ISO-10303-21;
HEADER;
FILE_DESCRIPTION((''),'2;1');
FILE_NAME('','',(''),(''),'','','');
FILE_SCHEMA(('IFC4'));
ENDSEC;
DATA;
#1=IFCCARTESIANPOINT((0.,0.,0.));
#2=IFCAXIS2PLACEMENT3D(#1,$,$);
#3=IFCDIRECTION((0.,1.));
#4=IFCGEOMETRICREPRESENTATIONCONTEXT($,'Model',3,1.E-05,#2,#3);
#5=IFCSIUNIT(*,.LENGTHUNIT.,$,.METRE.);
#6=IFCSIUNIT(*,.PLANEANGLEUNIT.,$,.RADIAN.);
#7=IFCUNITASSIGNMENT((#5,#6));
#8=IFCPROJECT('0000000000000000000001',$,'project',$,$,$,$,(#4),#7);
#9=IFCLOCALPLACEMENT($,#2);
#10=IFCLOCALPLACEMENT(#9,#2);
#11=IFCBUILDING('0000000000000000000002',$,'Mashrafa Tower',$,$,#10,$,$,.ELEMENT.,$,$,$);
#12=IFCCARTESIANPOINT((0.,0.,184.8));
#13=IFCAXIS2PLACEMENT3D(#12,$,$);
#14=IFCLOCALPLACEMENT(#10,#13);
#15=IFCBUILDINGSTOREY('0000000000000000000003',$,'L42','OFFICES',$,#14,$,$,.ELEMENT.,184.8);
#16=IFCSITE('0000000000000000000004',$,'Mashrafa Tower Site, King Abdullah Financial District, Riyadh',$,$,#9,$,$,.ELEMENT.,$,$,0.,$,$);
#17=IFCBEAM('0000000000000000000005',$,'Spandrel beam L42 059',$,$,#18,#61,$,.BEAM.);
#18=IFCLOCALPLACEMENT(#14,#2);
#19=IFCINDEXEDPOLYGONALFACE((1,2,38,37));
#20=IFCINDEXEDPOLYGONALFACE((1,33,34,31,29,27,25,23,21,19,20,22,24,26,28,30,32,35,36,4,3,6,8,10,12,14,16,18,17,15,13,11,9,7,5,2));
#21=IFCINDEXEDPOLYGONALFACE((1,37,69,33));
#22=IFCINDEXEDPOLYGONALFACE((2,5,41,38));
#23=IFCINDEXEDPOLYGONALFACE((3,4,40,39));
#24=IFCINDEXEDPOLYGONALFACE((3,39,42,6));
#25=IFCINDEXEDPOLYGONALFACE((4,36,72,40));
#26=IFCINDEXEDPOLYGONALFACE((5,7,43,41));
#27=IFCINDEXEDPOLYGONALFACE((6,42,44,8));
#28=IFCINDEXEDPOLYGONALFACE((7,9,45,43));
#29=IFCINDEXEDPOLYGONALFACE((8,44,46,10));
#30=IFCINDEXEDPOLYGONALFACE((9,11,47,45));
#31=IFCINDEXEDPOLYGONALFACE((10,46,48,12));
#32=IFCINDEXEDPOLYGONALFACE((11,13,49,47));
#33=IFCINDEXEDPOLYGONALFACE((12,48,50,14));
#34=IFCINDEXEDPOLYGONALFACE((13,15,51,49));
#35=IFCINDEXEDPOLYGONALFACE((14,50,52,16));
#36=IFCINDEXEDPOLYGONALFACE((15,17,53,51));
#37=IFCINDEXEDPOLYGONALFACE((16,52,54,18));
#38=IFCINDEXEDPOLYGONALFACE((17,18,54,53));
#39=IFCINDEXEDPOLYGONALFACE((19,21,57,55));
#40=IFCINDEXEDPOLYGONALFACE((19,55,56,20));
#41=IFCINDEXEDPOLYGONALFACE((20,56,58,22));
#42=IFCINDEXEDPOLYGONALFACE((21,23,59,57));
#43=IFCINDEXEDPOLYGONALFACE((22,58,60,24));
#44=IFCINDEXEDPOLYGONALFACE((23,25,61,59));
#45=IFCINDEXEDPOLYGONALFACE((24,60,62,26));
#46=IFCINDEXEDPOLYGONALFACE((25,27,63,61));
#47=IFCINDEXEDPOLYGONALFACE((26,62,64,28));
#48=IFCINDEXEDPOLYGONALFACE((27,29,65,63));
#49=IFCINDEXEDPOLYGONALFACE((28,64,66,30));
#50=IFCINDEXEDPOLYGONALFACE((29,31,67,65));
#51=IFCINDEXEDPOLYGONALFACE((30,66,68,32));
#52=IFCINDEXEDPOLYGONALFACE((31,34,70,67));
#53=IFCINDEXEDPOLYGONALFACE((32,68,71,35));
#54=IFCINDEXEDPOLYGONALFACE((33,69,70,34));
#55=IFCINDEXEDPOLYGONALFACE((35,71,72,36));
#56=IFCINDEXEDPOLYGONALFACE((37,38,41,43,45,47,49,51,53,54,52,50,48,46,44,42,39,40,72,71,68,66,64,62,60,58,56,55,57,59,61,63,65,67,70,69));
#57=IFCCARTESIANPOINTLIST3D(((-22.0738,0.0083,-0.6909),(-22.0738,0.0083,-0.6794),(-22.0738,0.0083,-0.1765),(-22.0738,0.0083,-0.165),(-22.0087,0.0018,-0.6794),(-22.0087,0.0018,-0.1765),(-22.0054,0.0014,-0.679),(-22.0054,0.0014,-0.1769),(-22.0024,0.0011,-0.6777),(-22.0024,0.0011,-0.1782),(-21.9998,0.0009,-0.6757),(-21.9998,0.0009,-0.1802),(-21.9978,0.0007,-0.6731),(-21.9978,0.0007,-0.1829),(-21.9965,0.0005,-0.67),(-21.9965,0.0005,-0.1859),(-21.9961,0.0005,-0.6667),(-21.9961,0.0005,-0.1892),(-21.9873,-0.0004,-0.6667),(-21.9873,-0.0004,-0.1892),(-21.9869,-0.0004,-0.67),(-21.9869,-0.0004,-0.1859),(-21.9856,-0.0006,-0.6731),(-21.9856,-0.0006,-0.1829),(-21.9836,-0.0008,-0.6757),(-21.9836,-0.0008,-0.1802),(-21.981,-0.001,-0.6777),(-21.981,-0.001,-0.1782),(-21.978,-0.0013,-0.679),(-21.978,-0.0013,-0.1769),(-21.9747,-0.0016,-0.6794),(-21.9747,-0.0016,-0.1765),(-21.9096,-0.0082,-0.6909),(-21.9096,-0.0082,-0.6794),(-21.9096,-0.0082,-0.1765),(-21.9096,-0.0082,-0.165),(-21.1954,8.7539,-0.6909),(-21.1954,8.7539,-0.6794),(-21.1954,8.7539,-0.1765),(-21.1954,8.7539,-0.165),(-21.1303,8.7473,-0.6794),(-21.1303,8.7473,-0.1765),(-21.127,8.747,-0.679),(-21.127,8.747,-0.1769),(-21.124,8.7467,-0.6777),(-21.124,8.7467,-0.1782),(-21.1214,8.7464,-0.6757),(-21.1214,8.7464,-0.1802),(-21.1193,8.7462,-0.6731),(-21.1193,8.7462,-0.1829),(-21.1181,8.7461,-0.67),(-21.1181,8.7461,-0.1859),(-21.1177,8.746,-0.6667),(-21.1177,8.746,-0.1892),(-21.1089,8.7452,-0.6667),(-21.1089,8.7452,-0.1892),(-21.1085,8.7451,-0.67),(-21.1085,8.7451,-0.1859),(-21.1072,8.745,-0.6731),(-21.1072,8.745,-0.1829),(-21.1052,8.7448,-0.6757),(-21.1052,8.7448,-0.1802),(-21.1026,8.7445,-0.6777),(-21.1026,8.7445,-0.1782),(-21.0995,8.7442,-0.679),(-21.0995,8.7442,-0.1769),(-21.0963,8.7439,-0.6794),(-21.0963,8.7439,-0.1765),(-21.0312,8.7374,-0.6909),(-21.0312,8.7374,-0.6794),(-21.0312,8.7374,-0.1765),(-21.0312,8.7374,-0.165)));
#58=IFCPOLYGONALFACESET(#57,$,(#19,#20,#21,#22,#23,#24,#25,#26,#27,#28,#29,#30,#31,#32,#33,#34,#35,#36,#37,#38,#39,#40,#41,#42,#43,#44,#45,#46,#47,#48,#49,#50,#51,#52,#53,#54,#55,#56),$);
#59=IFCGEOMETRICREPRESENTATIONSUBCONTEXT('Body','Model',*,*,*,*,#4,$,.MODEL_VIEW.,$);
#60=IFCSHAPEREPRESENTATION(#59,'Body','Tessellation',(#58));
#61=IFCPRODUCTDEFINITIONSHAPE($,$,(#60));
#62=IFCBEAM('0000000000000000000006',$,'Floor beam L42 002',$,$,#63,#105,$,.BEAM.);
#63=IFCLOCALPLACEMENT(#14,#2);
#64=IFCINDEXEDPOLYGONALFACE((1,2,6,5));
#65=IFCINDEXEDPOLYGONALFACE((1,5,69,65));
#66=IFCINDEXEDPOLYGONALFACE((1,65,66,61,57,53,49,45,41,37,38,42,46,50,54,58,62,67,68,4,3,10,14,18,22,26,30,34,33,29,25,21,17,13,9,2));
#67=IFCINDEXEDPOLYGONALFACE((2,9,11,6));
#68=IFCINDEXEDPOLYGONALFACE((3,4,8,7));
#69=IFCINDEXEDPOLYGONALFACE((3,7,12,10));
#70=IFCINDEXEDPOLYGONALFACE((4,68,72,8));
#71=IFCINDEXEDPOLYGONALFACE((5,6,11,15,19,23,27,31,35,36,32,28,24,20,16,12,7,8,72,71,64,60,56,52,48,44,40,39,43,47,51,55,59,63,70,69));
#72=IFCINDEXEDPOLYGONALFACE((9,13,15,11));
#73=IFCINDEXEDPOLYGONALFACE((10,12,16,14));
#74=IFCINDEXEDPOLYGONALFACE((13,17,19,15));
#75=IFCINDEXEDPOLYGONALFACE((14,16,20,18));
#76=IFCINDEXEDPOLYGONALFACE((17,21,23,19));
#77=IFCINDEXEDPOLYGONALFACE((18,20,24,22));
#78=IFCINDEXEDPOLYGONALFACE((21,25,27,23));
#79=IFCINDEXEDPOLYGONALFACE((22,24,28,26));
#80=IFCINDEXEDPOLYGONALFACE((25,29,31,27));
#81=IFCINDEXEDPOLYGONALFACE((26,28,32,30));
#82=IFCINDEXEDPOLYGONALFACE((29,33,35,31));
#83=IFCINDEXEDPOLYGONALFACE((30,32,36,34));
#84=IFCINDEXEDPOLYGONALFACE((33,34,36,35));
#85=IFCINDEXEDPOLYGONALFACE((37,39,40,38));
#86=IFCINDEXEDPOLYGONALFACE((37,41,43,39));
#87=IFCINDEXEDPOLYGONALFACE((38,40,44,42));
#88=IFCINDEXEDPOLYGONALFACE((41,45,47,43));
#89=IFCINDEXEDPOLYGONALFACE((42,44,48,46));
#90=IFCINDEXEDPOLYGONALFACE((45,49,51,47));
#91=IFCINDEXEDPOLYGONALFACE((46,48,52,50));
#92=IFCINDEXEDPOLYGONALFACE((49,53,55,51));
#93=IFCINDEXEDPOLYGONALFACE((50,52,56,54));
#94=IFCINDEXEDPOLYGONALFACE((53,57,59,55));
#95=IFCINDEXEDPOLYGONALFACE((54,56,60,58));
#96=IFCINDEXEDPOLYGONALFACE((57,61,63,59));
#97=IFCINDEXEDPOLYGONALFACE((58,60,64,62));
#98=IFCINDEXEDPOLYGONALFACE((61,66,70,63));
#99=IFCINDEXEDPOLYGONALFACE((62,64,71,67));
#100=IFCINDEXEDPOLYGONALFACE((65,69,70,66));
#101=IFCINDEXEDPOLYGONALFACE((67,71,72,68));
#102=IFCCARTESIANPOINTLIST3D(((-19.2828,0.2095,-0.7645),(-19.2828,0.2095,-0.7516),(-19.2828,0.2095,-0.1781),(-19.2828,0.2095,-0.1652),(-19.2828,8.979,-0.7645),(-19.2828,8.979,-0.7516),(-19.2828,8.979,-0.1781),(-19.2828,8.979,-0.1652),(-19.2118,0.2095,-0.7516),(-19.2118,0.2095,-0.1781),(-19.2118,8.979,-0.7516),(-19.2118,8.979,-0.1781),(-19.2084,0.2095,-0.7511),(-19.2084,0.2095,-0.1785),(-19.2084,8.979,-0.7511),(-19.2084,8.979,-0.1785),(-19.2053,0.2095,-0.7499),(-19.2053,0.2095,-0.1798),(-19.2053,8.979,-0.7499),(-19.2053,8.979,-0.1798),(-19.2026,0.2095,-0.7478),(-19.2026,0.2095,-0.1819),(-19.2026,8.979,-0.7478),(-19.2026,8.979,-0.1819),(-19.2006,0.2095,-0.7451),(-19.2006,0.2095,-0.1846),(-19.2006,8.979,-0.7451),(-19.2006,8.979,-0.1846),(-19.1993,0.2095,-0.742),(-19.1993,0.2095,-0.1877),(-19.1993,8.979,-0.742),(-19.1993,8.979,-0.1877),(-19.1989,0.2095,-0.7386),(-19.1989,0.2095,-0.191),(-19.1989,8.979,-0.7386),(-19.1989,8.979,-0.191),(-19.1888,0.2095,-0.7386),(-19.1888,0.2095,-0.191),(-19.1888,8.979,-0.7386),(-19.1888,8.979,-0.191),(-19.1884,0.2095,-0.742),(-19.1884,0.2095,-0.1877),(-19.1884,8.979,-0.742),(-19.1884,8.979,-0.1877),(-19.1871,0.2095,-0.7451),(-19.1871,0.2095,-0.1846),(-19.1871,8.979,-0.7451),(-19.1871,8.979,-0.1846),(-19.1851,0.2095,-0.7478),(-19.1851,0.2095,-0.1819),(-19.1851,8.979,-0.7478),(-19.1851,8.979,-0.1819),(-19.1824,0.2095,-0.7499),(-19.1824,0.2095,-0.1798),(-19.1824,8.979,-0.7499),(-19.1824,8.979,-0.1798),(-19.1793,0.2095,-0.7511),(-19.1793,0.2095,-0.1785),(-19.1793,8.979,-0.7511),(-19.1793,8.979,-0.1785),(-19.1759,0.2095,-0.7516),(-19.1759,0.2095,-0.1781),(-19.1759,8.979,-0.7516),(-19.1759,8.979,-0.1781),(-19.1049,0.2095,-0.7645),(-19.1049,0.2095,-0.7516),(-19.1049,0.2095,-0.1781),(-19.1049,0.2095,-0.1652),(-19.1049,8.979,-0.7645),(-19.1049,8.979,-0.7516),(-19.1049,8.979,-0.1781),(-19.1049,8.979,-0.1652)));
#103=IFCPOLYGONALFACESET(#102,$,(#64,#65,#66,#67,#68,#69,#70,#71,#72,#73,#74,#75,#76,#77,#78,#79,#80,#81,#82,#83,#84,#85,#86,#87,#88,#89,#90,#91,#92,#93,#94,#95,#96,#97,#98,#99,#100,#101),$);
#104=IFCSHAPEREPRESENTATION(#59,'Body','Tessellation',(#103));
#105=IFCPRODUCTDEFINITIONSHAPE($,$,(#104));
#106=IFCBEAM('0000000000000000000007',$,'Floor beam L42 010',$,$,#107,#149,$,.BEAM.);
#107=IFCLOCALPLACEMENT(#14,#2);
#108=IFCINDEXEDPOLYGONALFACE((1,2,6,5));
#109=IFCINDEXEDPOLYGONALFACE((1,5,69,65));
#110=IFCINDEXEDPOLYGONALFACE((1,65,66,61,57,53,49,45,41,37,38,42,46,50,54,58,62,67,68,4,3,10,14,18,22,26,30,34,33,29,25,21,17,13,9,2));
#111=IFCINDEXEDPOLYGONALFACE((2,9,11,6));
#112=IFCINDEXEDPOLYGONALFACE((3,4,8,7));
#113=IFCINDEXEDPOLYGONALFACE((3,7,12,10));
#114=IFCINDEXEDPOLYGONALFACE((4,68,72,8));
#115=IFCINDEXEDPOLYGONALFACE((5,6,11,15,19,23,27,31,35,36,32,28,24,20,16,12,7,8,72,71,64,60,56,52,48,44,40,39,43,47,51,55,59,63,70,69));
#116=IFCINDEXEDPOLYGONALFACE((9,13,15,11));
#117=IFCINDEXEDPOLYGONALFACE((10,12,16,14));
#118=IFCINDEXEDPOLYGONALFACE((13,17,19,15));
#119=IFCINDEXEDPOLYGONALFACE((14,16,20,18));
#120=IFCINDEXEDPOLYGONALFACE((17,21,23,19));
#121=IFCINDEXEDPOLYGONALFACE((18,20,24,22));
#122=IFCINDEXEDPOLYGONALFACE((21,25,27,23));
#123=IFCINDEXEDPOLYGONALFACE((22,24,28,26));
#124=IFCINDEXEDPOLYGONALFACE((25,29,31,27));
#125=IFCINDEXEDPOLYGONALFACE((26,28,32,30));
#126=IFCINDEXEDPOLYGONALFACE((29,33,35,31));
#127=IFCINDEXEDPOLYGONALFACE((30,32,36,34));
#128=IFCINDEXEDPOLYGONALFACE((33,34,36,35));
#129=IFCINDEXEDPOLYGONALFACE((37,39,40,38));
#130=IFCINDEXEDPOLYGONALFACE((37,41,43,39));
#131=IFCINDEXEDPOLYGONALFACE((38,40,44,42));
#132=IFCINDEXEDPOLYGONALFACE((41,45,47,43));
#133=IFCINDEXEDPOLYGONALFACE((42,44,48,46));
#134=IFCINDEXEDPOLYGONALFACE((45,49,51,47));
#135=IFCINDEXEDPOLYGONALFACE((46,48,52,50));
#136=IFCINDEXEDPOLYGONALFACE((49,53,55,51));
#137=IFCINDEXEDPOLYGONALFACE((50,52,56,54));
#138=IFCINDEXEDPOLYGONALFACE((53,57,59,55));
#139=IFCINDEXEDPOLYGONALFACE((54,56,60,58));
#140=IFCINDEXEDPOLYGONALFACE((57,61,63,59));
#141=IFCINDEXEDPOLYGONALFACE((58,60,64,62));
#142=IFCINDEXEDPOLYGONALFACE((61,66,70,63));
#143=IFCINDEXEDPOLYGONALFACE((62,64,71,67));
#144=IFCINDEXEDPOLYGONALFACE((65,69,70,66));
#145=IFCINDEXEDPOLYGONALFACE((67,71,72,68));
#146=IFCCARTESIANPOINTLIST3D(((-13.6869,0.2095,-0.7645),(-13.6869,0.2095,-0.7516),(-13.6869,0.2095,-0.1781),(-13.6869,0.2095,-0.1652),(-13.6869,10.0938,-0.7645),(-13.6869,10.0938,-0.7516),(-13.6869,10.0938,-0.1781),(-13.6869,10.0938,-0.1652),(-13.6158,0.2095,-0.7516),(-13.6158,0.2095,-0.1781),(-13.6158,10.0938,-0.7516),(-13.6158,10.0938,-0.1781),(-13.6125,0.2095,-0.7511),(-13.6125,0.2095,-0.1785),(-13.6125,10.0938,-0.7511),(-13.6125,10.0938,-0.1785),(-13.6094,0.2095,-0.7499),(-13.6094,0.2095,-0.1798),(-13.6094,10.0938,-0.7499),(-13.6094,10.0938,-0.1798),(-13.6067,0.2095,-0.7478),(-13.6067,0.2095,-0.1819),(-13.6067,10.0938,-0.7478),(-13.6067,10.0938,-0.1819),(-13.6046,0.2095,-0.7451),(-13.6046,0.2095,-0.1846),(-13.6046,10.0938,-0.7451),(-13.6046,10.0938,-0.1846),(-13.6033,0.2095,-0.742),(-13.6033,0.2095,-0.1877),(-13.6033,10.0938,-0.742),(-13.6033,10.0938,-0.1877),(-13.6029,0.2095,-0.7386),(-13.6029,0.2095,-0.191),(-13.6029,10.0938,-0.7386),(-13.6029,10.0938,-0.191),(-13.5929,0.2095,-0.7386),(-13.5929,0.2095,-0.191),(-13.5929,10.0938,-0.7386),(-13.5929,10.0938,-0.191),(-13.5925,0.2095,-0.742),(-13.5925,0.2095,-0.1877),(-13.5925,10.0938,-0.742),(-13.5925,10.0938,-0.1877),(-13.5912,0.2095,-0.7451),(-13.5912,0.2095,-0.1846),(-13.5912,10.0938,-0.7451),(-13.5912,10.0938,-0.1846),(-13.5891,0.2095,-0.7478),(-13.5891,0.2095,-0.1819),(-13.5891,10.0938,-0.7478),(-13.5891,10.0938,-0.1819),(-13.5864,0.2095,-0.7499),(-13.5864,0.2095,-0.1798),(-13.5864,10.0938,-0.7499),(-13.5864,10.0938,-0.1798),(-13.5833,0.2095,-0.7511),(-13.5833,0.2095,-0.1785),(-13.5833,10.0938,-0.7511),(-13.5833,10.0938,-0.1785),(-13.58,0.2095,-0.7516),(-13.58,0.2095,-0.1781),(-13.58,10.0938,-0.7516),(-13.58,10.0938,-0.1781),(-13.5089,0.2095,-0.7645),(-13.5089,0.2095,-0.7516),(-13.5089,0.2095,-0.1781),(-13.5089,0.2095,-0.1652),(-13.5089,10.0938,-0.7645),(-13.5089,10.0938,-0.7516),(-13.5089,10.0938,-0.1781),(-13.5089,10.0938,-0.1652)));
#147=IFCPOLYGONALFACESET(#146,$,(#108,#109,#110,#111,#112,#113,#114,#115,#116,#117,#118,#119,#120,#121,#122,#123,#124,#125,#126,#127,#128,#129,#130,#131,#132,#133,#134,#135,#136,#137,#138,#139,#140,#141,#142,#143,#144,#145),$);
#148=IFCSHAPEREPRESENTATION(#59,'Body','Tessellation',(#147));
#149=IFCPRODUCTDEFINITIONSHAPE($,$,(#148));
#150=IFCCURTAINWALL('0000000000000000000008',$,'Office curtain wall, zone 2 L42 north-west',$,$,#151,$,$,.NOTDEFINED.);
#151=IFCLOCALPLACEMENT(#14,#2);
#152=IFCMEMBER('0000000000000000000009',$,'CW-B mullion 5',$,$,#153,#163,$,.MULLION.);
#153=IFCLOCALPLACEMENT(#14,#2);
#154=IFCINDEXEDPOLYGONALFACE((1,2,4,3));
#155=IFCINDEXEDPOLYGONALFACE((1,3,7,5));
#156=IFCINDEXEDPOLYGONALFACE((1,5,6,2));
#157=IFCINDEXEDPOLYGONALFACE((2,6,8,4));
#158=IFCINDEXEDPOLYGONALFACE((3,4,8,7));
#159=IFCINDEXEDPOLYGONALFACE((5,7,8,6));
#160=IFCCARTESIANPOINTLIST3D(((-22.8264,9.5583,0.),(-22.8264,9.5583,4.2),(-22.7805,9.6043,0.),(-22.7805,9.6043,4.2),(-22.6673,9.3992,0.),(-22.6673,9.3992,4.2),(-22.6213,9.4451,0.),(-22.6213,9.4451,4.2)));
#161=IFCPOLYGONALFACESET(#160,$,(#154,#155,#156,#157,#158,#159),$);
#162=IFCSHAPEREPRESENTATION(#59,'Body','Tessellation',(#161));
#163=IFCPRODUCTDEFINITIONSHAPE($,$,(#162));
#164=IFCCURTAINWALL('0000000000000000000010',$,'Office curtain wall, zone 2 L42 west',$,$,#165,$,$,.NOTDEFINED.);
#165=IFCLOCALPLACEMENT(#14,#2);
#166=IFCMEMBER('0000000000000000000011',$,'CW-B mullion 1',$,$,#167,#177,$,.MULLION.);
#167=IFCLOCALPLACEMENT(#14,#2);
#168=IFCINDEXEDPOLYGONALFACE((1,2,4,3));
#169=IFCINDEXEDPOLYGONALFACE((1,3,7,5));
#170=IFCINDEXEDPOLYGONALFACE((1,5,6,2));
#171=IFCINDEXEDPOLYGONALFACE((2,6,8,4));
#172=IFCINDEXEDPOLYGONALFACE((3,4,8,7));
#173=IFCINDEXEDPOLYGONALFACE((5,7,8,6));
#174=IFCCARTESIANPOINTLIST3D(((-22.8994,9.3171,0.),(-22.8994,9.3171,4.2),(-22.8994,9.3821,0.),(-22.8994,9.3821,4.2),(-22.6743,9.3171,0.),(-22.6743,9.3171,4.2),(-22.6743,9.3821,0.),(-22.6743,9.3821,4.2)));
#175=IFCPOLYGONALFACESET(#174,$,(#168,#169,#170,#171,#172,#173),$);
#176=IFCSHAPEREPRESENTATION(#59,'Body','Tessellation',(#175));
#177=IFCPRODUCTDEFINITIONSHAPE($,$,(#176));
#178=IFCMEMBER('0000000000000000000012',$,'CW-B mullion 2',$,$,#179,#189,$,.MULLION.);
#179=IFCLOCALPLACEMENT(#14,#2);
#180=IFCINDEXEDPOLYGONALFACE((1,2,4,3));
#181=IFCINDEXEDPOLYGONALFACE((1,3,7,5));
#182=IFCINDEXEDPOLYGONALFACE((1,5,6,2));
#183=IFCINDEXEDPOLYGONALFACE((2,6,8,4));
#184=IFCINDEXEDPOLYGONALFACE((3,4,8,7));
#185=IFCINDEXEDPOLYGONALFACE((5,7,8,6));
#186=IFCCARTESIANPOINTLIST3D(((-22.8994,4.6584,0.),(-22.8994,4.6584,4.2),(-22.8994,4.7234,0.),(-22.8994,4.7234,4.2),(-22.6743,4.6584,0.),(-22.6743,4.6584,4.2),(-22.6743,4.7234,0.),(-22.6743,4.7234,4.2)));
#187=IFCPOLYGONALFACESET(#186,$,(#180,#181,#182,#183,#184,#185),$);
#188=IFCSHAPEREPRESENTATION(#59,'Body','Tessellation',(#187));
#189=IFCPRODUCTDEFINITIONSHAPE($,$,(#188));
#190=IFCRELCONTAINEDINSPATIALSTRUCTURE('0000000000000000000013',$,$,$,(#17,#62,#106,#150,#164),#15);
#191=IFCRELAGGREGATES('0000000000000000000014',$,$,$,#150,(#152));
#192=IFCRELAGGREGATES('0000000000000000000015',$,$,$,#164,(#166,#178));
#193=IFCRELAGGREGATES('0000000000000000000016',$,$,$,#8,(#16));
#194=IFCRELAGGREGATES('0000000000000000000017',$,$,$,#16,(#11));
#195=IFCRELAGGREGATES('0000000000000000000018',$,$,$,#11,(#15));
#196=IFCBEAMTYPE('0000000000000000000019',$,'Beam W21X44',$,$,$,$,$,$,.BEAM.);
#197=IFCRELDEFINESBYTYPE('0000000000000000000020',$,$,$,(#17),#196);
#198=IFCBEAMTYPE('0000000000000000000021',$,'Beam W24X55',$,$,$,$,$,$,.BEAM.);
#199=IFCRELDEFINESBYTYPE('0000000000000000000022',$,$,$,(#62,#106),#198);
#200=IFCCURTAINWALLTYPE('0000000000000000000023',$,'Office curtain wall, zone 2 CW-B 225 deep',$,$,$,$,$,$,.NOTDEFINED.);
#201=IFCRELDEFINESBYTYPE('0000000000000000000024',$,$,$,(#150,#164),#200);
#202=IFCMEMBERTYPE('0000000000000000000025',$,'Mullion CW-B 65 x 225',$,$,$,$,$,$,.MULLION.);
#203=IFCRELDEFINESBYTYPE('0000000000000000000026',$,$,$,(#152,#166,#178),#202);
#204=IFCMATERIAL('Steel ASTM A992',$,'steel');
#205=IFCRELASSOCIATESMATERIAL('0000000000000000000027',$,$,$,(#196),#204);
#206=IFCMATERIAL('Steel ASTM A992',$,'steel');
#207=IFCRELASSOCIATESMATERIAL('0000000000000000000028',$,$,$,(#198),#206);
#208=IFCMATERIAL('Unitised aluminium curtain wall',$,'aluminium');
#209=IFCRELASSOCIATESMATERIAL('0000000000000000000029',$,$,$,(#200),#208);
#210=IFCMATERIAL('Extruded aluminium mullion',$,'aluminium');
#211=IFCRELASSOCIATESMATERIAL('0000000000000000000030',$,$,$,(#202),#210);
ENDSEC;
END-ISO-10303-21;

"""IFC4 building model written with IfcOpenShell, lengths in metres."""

from ifc_helpers import new_model, si_unit, direction, frame, origin, origin_2d, place, context, subcontext, project, spatial, rectangle, i_section, extrude, source, transform, mapped, material, material_profile, profile_set, type_object, type_shapes, element, aggregate, save


model = new_model("IFC4")

# Units and contexts
model_context = context("Model", 3, precision=1e-05, world=origin(), true_north=direction((0.0, 1.0)))
body_context = subcontext(model_context, "Body", "Model", "MODEL_VIEW")
ifc_project = project(units=[si_unit("LENGTHUNIT", "METRE"), si_unit("PLANEANGLEUNIT", "RADIAN")], contexts=[model_context])

# Site, building, storey
site_placement = place(None, origin())
site = spatial("IfcSite", under=ifc_project, at=site_placement, Name="Mashrafa Tower Site, King Abdullah Financial District, Riyadh", CompositionType="ELEMENT", RefElevation=0.0)
building_placement = place(site_placement, origin())
building = spatial("IfcBuilding", under=site, at=building_placement, Name="Mashrafa Tower", CompositionType="ELEMENT")
storey_placement = place(building_placement, frame((0.0, 0.0, 184.8)))
storey = spatial("IfcBuildingStorey", under=building, at=storey_placement, Name="L42", Description="OFFICES", CompositionType="ELEMENT", Elevation=184.8)

# Beams
ifc_material_1 = material(Name="Steel ASTM A992", Category="steel")
ifc_material_profile_1 = material_profile(ifc_material_1, i_section(OverallWidth=0.165, OverallDepth=0.5259, WebThickness=0.0088, FlangeThickness=0.0115, FilletRadius=0.0127, at=origin_2d()), Name="W21X44")
ifc_profile_set_1 = profile_set([ifc_material_profile_1], Name="Steel ASTM A992")
beam_type_1 = type_object("IfcBeamType", Name="Beam W21X44", PredefinedType="BEAM", material=ifc_profile_set_1)
beam_1_placement = place(storey_placement, frame((-21.1133, 8.7456, -0.428), z_axis=(-0.099938, -0.994994, 0.0), x_axis=(0.994994, -0.099938, 0.0)))
element("IfcBeam", 1, at=beam_1_placement, inside=storey, type_object=beam_type_1, Name="Spandrel beam L42 059", PredefinedType="BEAM", context=body_context, shape_type="SweptSolid", body=[
    extrude(i_section(OverallWidth=0.165, OverallDepth=0.5259, WebThickness=0.0088, FlangeThickness=0.0115, FilletRadius=0.0127, at=origin_2d()), origin(), (0.0, 0.0, 1.0), 8.7896),
])
ifc_material_2 = material(Name="Steel ASTM A992", Category="steel")
ifc_material_profile_2 = material_profile(ifc_material_2, i_section(OverallWidth=0.178, OverallDepth=0.5994, WebThickness=0.01, FlangeThickness=0.0129, FilletRadius=0.0129, at=origin_2d()), Name="W24X55")
ifc_profile_set_2 = profile_set([ifc_material_profile_2], Name="Steel ASTM A992")
beam_type_2 = type_object("IfcBeamType", Name="Beam W24X55", PredefinedType="BEAM", material=ifc_profile_set_2)
beam_2_placement = place(storey_placement, frame((-19.1938, 0.2095, -0.4648), z_axis=(0.0, 1.0, 0.0), x_axis=(-1.0, 0.0, 0.0)))
element("IfcBeam", 2, at=beam_2_placement, inside=storey, type_object=beam_type_2, Name="Floor beam L42 002", PredefinedType="BEAM", context=body_context, shape_type="SweptSolid", body=[
    extrude(i_section(OverallWidth=0.178, OverallDepth=0.5994, WebThickness=0.01, FlangeThickness=0.0129, FilletRadius=0.0129, at=origin_2d()), origin(), (0.0, 0.0, 1.0), 8.7695),
])
beam_3_placement = place(storey_placement, frame((-13.5979, 0.2095, -0.4648), z_axis=(0.0, 1.0, 0.0), x_axis=(-1.0, 0.0, 0.0)))
element("IfcBeam", 3, at=beam_3_placement, inside=storey, type_object=beam_type_2, Name="Floor beam L42 010", PredefinedType="BEAM", context=body_context, shape_type="SweptSolid", body=[
    extrude(i_section(OverallWidth=0.178, OverallDepth=0.5994, WebThickness=0.01, FlangeThickness=0.0129, FilletRadius=0.0129, at=origin_2d()), origin(), (0.0, 0.0, 1.0), 9.8843),
])

# Curtain wall, member
ifc_material_3 = material(Name="Unitised aluminium curtain wall", Category="aluminium")
curtain_wall_type = type_object("IfcCurtainWallType", Name="Office curtain wall, zone 2 CW-B 225 deep", PredefinedType="NOTDEFINED", material=ifc_material_3)
curtain_wall_1_placement = place(storey_placement, origin())
curtain_wall_1 = element("IfcCurtainWall", 4, at=curtain_wall_1_placement, inside=storey, type_object=curtain_wall_type, Name="Office curtain wall, zone 2 L42 north-west", PredefinedType="NOTDEFINED")
ifc_material_4 = material(Name="Extruded aluminium mullion", Category="aluminium")
ifc_material_profile_3 = material_profile(ifc_material_4, rectangle(XDim=0.2251, YDim=0.0649, at=origin_2d()), Name="Mullion 65x225")
ifc_profile_set_3 = profile_set([ifc_material_profile_3], Name="Extruded aluminium mullion")
member_type_1 = type_object("IfcMemberType", Name="Mullion CW-B 65 x 225", PredefinedType="MULLION", material=ifc_profile_set_3)
shared_shape_1 = source(origin(), body_context, "Body", "SweptSolid", [
    extrude(rectangle(XDim=0.2251, YDim=0.0649, at=origin_2d()), origin(), (0.0, 0.0, 1.0), 4.2),
])
type_shapes(member_type_1, [shared_shape_1])
member_1_placement = place(storey_placement, frame((-22.7239, 9.5017, 0.0), z_axis=(0.0, 0.0, 1.0), x_axis=(0.707107, -0.707107, 0.0)))
member_1 = element("IfcMember", 5, at=member_1_placement, type_object=member_type_1, Name="CW-B mullion 5", PredefinedType="MULLION", context=body_context, shape_type="MappedRepresentation", body=[
    mapped(shared_shape_1, transform((0.0, 0.0, 0.0))),
])
aggregate(curtain_wall_1, [member_1])

# Curtain wall, members
curtain_wall_2_placement = place(storey_placement, origin())
curtain_wall_2 = element("IfcCurtainWall", 6, at=curtain_wall_2_placement, inside=storey, type_object=curtain_wall_type, Name="Office curtain wall, zone 2 L42 west", PredefinedType="NOTDEFINED")
member_2_placement = place(storey_placement, frame((-22.7869, 9.3496, 0.0), z_axis=(0.0, 0.0, 1.0), x_axis=(1.0, 0.0, 0.0)))
member_2 = element("IfcMember", 7, at=member_2_placement, type_object=member_type_1, Name="CW-B mullion 1", PredefinedType="MULLION", context=body_context, shape_type="MappedRepresentation", body=[
    mapped(shared_shape_1, transform((0.0, 0.0, 0.0))),
])
member_3_placement = place(storey_placement, frame((-22.7869, 4.6909, 0.0), z_axis=(0.0, 0.0, 1.0), x_axis=(1.0, 0.0, 0.0)))
member_3 = element("IfcMember", 8, at=member_3_placement, type_object=member_type_1, Name="CW-B mullion 2", PredefinedType="MULLION", context=body_context, shape_type="MappedRepresentation", body=[
    mapped(shared_shape_1, transform((0.0, 0.0, 0.0))),
])
aggregate(curtain_wall_2, [member_2, member_3])

save(model, "model.ifc")
